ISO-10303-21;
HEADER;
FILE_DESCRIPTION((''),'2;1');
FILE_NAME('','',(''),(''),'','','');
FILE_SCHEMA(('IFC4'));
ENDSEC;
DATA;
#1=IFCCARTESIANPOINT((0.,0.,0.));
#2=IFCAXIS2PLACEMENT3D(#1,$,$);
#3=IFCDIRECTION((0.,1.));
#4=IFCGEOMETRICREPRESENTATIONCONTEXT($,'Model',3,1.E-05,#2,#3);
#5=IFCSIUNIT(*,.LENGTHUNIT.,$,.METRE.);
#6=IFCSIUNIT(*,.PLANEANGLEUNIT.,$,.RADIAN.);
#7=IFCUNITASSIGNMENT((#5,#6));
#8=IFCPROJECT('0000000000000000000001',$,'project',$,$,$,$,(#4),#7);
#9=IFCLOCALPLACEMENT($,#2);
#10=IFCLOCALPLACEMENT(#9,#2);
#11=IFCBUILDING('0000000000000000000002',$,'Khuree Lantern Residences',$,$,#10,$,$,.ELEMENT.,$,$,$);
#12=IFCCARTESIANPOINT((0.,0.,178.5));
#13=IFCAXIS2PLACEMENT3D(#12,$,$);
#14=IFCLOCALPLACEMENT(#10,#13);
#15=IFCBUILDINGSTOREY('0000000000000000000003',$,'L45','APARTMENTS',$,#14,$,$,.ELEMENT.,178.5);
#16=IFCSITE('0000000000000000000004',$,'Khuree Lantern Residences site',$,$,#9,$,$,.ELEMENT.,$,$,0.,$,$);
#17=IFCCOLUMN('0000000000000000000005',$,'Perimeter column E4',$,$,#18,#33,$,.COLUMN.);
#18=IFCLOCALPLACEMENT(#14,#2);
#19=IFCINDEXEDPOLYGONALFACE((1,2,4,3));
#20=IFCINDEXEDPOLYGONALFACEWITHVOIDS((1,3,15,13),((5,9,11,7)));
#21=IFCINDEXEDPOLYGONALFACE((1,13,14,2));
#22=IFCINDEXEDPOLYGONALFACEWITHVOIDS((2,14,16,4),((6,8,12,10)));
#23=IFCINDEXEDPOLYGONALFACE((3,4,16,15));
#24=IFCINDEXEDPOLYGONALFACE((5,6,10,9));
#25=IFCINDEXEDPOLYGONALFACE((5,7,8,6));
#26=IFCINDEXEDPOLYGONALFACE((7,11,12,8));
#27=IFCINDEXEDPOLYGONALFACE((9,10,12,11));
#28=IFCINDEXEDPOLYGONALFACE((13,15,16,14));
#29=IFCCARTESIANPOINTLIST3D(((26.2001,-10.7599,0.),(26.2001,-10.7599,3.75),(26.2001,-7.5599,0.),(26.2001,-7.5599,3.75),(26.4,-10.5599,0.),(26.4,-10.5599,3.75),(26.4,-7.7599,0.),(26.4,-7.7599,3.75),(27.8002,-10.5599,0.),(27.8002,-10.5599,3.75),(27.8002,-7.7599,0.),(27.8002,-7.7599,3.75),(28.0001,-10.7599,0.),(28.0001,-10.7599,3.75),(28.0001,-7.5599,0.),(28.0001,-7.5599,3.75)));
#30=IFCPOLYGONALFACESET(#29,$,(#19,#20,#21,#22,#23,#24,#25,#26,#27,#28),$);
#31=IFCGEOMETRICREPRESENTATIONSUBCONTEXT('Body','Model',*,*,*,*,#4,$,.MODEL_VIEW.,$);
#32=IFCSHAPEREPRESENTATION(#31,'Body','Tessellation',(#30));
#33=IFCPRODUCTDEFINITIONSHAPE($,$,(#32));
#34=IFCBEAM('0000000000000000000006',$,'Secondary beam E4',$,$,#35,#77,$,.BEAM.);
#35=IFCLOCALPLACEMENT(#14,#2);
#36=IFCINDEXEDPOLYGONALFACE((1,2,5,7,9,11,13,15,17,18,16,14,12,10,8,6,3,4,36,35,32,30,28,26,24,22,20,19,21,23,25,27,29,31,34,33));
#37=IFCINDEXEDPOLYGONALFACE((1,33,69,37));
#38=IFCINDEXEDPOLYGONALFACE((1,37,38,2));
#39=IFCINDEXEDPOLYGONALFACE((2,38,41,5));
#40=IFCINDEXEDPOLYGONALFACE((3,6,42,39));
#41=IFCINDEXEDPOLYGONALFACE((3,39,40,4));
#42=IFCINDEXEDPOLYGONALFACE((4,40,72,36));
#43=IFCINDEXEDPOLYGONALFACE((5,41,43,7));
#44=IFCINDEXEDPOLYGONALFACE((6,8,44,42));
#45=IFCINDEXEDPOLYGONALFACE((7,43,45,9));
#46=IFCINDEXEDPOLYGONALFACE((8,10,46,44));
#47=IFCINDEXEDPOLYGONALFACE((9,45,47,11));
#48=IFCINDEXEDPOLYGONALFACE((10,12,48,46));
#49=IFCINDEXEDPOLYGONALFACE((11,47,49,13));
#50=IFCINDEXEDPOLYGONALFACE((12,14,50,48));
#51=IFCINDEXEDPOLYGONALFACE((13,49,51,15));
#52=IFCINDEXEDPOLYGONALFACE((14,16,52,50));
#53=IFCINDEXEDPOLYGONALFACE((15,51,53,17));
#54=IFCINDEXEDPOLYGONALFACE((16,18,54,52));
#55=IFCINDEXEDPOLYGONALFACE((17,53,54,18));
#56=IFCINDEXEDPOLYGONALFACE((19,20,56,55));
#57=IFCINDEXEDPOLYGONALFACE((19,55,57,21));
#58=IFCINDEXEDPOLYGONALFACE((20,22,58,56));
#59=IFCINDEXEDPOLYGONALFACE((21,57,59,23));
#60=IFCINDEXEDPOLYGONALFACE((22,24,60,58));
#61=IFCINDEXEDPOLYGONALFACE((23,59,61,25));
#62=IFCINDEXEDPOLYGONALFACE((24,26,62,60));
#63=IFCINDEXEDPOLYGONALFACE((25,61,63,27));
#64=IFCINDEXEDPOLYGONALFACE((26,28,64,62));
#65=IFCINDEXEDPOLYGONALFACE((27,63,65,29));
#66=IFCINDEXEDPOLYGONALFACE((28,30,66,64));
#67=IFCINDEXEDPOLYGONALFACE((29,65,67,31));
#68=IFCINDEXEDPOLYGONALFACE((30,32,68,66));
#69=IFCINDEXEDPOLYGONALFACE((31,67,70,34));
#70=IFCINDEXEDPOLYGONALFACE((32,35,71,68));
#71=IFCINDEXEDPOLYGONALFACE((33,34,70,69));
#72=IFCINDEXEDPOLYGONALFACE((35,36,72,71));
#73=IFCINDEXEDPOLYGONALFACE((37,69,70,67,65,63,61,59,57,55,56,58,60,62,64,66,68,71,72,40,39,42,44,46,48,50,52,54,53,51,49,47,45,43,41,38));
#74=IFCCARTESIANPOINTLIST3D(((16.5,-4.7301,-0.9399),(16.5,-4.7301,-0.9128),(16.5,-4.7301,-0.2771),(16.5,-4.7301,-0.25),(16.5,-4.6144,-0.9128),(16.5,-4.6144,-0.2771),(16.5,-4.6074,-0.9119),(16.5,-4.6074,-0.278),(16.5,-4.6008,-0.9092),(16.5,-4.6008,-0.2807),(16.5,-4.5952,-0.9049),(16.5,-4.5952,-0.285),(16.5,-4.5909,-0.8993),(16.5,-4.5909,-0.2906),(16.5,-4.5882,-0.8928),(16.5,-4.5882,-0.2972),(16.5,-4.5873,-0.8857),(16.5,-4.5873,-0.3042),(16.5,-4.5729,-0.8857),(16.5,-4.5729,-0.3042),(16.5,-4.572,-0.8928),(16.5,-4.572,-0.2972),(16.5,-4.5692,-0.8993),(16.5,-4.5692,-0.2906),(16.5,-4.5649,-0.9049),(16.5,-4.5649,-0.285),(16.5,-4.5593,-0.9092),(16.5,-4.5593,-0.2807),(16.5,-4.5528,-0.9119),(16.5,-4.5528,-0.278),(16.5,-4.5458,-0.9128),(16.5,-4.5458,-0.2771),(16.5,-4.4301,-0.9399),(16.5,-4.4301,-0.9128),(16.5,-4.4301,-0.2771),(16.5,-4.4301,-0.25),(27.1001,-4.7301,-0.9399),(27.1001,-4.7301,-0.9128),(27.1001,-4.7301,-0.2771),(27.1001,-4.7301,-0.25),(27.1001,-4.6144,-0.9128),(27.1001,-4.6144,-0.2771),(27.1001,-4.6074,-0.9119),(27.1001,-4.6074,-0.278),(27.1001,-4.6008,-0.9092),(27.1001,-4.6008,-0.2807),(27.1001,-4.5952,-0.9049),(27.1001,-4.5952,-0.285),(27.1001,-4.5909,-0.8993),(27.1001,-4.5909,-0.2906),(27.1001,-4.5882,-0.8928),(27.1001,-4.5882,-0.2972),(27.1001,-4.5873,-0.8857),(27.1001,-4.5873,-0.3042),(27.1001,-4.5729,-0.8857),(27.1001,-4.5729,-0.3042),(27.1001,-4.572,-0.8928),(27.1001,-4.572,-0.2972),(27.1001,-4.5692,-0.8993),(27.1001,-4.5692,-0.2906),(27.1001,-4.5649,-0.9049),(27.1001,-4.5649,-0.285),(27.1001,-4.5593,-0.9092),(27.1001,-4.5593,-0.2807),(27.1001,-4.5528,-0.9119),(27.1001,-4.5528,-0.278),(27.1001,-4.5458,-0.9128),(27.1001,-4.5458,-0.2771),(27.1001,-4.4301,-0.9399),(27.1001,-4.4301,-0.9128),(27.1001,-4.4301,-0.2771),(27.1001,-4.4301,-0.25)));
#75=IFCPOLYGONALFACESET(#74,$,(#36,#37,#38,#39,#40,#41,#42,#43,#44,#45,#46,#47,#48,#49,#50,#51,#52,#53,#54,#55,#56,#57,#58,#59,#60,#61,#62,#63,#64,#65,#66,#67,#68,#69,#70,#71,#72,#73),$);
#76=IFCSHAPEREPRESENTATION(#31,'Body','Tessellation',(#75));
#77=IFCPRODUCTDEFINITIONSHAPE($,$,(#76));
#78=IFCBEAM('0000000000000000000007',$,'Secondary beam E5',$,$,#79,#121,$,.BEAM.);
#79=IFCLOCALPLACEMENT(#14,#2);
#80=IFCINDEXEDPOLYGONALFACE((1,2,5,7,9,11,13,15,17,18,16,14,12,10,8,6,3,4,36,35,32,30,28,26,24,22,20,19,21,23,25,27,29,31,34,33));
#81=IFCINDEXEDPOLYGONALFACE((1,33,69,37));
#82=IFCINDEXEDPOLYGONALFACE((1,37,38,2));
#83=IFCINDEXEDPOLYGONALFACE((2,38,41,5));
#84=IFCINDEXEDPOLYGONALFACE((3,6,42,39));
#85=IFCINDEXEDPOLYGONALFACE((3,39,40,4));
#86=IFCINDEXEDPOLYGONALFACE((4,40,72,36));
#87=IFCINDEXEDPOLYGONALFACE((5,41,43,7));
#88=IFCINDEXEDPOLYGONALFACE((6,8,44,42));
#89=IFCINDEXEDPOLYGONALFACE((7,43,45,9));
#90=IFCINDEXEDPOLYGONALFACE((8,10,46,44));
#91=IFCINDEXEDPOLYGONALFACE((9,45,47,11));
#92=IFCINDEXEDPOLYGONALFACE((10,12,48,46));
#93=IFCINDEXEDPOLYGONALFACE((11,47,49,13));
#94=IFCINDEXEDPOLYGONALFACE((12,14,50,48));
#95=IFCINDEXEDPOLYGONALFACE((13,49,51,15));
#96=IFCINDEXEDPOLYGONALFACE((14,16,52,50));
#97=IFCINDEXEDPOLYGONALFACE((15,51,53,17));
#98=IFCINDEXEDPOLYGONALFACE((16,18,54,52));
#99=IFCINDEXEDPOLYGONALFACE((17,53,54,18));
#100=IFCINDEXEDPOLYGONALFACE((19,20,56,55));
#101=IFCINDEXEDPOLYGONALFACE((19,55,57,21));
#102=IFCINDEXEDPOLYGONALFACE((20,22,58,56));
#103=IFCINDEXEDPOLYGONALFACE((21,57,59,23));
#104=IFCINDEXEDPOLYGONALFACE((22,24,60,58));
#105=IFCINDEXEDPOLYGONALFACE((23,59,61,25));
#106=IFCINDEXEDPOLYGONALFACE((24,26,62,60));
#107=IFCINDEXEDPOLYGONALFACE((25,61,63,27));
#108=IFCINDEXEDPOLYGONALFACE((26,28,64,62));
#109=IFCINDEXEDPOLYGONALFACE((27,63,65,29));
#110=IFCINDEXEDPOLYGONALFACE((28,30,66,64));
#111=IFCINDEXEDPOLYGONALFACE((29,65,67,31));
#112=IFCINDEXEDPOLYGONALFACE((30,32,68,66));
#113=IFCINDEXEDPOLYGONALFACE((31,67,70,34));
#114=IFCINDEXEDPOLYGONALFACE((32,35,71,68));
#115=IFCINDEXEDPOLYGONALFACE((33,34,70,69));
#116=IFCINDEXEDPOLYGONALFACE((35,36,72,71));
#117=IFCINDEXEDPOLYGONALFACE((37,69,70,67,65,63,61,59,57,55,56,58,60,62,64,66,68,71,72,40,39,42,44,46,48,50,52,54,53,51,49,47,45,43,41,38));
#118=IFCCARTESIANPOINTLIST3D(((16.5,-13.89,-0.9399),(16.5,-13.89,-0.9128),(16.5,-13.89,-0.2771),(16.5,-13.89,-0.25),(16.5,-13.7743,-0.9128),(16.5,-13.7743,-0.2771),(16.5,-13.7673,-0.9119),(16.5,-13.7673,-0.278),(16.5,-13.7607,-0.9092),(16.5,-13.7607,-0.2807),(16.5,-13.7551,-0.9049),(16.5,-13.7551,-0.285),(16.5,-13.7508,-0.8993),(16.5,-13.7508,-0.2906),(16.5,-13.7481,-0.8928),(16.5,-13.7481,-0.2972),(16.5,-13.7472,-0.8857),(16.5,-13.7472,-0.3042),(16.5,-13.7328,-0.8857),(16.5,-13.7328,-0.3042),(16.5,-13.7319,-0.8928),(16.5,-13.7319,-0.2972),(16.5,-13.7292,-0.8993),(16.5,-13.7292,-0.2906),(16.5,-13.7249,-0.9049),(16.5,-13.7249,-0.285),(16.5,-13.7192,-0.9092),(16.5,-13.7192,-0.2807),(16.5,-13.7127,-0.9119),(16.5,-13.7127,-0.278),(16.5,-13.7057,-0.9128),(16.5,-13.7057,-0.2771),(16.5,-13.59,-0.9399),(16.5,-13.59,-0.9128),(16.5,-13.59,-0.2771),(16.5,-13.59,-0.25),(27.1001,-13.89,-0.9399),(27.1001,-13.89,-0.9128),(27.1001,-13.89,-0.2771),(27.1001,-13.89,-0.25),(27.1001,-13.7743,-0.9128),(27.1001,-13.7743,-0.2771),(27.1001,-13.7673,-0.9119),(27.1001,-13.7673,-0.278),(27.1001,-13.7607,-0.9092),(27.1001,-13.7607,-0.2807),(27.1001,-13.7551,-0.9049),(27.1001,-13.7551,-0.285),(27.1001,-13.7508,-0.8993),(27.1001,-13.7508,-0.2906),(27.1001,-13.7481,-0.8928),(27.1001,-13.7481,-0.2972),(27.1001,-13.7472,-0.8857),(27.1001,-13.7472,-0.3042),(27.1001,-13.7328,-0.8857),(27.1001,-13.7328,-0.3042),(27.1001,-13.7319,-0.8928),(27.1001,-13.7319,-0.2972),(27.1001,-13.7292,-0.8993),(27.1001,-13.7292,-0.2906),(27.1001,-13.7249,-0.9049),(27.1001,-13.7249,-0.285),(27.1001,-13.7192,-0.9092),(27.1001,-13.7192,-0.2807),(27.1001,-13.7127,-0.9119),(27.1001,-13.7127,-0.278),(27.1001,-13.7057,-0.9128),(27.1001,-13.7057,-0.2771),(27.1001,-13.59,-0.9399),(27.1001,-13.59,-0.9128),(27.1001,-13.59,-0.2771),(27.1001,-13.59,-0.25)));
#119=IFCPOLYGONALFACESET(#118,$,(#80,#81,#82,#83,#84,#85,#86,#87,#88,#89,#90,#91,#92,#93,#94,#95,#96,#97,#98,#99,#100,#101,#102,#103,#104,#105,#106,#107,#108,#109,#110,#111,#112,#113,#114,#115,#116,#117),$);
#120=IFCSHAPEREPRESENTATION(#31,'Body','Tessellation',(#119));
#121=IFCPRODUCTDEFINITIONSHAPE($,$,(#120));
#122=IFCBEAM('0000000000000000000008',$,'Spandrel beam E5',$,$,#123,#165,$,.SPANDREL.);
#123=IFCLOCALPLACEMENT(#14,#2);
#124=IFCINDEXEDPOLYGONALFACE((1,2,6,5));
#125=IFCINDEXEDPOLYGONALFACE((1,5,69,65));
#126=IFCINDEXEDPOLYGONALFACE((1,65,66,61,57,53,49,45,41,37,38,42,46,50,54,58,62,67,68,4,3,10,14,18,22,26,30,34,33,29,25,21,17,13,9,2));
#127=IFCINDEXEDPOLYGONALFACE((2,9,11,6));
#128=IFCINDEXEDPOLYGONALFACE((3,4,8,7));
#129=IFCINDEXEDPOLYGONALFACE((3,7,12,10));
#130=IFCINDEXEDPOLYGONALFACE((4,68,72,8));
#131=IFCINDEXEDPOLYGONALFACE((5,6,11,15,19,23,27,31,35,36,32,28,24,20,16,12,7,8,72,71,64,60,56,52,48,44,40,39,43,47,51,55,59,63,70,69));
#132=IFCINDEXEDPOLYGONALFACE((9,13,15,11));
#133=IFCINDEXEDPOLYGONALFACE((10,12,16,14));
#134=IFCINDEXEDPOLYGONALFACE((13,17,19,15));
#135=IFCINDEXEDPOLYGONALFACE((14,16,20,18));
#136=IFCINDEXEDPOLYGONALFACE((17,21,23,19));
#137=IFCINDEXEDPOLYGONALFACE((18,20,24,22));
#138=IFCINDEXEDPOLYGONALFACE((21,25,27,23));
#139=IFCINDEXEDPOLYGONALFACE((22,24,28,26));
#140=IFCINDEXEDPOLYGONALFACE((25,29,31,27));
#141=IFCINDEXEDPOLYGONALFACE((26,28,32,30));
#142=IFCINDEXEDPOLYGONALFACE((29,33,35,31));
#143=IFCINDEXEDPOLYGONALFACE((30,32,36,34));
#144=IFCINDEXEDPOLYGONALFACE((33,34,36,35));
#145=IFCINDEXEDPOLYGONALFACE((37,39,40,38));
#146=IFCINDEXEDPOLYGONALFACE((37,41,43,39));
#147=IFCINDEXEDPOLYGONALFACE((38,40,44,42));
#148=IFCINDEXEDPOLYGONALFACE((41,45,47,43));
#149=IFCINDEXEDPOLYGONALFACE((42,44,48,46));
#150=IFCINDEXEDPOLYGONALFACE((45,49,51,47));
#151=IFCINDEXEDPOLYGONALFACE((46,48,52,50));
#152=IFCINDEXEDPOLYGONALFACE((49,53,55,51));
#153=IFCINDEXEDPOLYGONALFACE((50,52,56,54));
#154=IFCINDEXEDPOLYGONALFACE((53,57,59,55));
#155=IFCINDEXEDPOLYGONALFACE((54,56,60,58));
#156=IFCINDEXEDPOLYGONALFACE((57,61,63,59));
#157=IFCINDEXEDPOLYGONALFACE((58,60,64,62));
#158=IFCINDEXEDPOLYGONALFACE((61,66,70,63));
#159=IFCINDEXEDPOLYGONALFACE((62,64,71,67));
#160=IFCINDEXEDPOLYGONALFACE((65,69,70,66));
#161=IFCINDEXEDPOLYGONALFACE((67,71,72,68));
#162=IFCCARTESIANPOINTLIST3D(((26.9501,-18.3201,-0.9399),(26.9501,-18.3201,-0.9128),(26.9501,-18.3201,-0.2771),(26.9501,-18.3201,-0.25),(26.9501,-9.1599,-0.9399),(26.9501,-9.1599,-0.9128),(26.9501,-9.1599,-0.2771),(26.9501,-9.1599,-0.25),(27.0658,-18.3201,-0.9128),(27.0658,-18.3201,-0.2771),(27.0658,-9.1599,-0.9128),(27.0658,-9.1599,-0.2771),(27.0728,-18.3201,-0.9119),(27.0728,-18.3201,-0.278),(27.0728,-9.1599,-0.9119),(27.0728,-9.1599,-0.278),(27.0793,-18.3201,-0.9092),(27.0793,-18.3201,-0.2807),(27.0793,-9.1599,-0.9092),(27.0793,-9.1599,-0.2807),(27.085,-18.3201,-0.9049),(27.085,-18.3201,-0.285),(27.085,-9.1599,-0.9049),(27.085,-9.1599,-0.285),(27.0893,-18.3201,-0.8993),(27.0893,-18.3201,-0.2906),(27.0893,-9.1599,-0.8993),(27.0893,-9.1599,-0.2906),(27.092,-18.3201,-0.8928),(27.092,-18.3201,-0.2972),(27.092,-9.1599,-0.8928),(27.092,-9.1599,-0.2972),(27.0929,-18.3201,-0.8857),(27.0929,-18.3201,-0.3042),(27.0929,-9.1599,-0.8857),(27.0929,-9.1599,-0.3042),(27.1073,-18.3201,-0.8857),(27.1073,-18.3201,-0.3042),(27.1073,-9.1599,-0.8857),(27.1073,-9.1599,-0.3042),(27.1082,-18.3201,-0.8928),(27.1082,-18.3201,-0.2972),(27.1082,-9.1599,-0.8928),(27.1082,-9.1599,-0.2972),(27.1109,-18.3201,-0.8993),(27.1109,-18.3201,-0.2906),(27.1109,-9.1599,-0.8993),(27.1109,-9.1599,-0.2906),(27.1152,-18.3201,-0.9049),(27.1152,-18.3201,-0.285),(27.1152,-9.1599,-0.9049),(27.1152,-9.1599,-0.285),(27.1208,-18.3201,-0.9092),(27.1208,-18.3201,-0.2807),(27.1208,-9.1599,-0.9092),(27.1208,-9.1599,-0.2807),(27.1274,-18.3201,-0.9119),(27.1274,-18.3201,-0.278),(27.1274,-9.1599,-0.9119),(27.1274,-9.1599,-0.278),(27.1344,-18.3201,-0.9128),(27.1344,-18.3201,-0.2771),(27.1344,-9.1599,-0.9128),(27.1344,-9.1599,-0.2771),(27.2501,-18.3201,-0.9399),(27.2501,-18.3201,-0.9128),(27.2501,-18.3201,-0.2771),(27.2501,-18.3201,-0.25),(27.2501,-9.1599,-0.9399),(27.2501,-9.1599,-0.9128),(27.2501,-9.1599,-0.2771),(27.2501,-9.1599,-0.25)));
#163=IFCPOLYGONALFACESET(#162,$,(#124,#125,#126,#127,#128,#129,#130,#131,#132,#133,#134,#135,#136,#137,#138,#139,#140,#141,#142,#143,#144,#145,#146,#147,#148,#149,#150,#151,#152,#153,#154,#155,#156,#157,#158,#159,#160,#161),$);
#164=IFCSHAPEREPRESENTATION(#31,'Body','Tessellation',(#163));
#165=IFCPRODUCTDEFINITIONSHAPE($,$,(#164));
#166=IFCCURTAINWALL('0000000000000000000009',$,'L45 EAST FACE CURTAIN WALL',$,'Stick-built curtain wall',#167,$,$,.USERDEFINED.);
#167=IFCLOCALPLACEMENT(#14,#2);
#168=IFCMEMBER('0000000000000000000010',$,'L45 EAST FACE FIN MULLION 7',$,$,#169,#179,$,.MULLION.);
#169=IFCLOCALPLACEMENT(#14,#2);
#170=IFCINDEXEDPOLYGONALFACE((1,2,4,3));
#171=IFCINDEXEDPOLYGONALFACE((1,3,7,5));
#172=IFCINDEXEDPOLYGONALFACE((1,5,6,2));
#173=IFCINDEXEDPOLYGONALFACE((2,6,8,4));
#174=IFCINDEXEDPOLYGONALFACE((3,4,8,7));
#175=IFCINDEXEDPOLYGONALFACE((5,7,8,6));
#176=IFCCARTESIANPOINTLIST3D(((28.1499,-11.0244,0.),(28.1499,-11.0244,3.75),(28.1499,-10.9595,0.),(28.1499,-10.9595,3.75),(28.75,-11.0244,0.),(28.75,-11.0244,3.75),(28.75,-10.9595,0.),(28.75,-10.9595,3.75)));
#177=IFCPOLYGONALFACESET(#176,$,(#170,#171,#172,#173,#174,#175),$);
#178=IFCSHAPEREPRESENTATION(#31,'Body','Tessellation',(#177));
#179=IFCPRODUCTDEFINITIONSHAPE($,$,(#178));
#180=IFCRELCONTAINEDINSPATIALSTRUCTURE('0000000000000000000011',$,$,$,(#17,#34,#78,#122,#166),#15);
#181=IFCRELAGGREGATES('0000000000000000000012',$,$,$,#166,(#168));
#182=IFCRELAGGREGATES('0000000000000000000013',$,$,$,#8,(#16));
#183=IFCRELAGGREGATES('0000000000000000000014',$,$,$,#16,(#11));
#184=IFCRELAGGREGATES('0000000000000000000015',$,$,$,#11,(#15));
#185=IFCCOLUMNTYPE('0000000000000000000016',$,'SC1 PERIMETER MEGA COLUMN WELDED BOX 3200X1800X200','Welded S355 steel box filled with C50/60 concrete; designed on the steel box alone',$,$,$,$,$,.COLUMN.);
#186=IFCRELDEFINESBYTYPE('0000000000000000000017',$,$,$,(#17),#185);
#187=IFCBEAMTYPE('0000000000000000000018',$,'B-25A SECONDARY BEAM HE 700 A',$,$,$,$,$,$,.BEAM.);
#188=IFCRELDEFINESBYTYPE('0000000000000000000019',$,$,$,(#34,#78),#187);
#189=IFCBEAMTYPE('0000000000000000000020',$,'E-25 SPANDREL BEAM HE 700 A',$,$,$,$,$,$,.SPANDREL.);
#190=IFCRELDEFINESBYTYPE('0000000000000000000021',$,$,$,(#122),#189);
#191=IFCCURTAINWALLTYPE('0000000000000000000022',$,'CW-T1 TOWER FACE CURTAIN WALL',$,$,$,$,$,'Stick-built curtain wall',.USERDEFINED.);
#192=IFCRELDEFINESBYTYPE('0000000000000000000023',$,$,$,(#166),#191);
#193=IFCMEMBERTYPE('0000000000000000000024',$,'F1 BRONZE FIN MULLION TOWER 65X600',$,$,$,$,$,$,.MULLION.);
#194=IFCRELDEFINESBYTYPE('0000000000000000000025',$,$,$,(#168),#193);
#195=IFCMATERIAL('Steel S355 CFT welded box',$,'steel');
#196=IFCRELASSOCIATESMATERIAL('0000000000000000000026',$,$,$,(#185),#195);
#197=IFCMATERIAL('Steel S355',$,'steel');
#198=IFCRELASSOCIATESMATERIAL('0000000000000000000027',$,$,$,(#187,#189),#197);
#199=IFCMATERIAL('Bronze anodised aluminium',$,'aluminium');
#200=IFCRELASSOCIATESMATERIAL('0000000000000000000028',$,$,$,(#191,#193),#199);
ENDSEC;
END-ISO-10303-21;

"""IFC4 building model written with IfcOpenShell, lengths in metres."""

from ifc_helpers import new_model, si_unit, direction, frame, origin, origin_2d, place, context, subcontext, project, spatial, rectangle, hollow_rectangle, i_section, extrude, material, material_profile, profile_set, type_object, element, aggregate, save


model = new_model("IFC4")

# Units and contexts
model_context = context("Model", 3, precision=1e-05, world=origin(), true_north=direction((0.0, 1.0)))
body_context = subcontext(model_context, "Body", "Model", "MODEL_VIEW")
ifc_project = project(units=[si_unit("LENGTHUNIT", "METRE"), si_unit("PLANEANGLEUNIT", "RADIAN")], contexts=[model_context])

# Site, building, storey
site_placement = place(None, origin())
site = spatial("IfcSite", under=ifc_project, at=site_placement, Name="Khuree Lantern Residences site", CompositionType="ELEMENT", RefElevation=0.0)
building_placement = place(site_placement, origin())
building = spatial("IfcBuilding", under=site, at=building_placement, Name="Khuree Lantern Residences", CompositionType="ELEMENT")
storey_placement = place(building_placement, frame((0.0, 0.0, 178.5)))
storey = spatial("IfcBuildingStorey", under=building, at=storey_placement, Name="L45", Description="APARTMENTS", CompositionType="ELEMENT", Elevation=178.5)

# Column
ifc_material_1 = material(Name="Steel S355 CFT welded box", Category="steel")
ifc_material_profile_1 = material_profile(ifc_material_1, hollow_rectangle(XDim=3.2, YDim=1.8, WallThickness=0.2, at=origin_2d()), Name="WELDED BOX 3200X1800X200")
ifc_profile_set_1 = profile_set([ifc_material_profile_1], Name="Steel S355 CFT welded box")
column_type = type_object("IfcColumnType", Name="SC1 PERIMETER MEGA COLUMN WELDED BOX 3200X1800X200", Description="Welded S355 steel box filled with C50/60 concrete; designed on the steel box alone", PredefinedType="COLUMN", material=ifc_profile_set_1)
column_placement = place(storey_placement, frame((27.1001, -9.1599, 0.0), z_axis=(0.0, 0.0, 1.0), x_axis=(0.0, 1.0, 0.0)))
element("IfcColumn", 1, at=column_placement, inside=storey, type_object=column_type, Name="Perimeter column E4", PredefinedType="COLUMN", context=body_context, shape_type="SweptSolid", body=[
    extrude(hollow_rectangle(XDim=3.2, YDim=1.8, WallThickness=0.2, at=origin_2d()), origin(), (0.0, 0.0, 1.0), 3.75),
])

# Beams
ifc_material_2 = material(Name="Steel S355", Category="steel")
ifc_material_profile_2 = material_profile(ifc_material_2, i_section(OverallWidth=0.3, OverallDepth=0.6899, WebThickness=0.0144, FlangeThickness=0.0271, FilletRadius=0.0271, at=origin_2d()), Name="HE 700 A")
ifc_profile_set_2 = profile_set([ifc_material_profile_2], Name="Steel S355")
beam_type_1 = type_object("IfcBeamType", Name="B-25A SECONDARY BEAM HE 700 A", PredefinedType="BEAM", material=ifc_profile_set_2)
for number, where, z_axis, x_axis, name in (
    (2, (27.1001, -4.5801, -0.595), (-1.0, 0.0, 0.0), (0.0, -1.0, 0.0), "Secondary beam E4"),
    (3, (27.1001, -13.74, -0.595), (-1.0, 0.0, 0.0), (0.0, -1.0, 0.0), "Secondary beam E5"),
):
    element("IfcBeam", number, at=place(storey_placement, frame(where, z_axis=z_axis, x_axis=x_axis)), inside=storey, type_object=beam_type_1, Name=name, PredefinedType="BEAM", context=body_context, shape_type="SweptSolid", body=[
        extrude(i_section(OverallWidth=0.3, OverallDepth=0.6899, WebThickness=0.0144, FlangeThickness=0.0271, FilletRadius=0.0271, at=origin_2d()), origin(), (0.0, 0.0, 1.0), 10.6001),
    ])
ifc_material_profile_3 = material_profile(ifc_material_2, i_section(OverallWidth=0.3, OverallDepth=0.6899, WebThickness=0.0144, FlangeThickness=0.0271, FilletRadius=0.0271, at=origin_2d()), Name="HE 700 A")
ifc_profile_set_3 = profile_set([ifc_material_profile_3], Name="Steel S355")
beam_type_2 = type_object("IfcBeamType", Name="E-25 SPANDREL BEAM HE 700 A", PredefinedType="SPANDREL", material=ifc_profile_set_3)
beam_1_placement = place(storey_placement, frame((27.1001, -9.1599, -0.595), z_axis=(0.0, -1.0, 0.0), x_axis=(1.0, 0.0, 0.0)))
element("IfcBeam", 4, at=beam_1_placement, inside=storey, type_object=beam_type_2, Name="Spandrel beam E5", PredefinedType="SPANDREL", context=body_context, shape_type="SweptSolid", body=[
    extrude(i_section(OverallWidth=0.3, OverallDepth=0.6899, WebThickness=0.0144, FlangeThickness=0.0271, FilletRadius=0.0271, at=origin_2d()), origin(), (0.0, 0.0, 1.0), 9.1602),
])

# Curtain wall, member
ifc_material_3 = material(Name="Bronze anodised aluminium", Category="aluminium")
curtain_wall_type = type_object("IfcCurtainWallType", Name="CW-T1 TOWER FACE CURTAIN WALL", ElementType="Stick-built curtain wall", PredefinedType="USERDEFINED", material=ifc_material_3)
curtain_wall_placement = place(storey_placement, origin())
curtain_wall = element("IfcCurtainWall", 5, at=curtain_wall_placement, inside=storey, type_object=curtain_wall_type, Name="L45 EAST FACE CURTAIN WALL", ObjectType="Stick-built curtain wall", PredefinedType="USERDEFINED")
ifc_material_profile_4 = material_profile(ifc_material_3, rectangle(XDim=0.0649, YDim=0.6001, at=origin_2d()), Name="F1 65X600")
ifc_profile_set_4 = profile_set([ifc_material_profile_4], Name="Bronze anodised aluminium")
member_type_1 = type_object("IfcMemberType", Name="F1 BRONZE FIN MULLION TOWER 65X600", PredefinedType="MULLION", material=ifc_profile_set_4)
member_1_placement = place(storey_placement, frame((28.45, -10.9919, 0.0), z_axis=(0.0, 0.0, 1.0), x_axis=(0.0, 1.0, 0.0)))
member_1 = element("IfcMember", 6, at=member_1_placement, type_object=member_type_1, Name="L45 EAST FACE FIN MULLION 7", PredefinedType="MULLION", context=body_context, shape_type="SweptSolid", body=[
    extrude(rectangle(XDim=0.0649, YDim=0.6001, at=origin_2d()), origin(), (0.0, 0.0, 1.0), 3.75),
])

aggregate(curtain_wall, [member_1])

save(model, "model.ifc")
